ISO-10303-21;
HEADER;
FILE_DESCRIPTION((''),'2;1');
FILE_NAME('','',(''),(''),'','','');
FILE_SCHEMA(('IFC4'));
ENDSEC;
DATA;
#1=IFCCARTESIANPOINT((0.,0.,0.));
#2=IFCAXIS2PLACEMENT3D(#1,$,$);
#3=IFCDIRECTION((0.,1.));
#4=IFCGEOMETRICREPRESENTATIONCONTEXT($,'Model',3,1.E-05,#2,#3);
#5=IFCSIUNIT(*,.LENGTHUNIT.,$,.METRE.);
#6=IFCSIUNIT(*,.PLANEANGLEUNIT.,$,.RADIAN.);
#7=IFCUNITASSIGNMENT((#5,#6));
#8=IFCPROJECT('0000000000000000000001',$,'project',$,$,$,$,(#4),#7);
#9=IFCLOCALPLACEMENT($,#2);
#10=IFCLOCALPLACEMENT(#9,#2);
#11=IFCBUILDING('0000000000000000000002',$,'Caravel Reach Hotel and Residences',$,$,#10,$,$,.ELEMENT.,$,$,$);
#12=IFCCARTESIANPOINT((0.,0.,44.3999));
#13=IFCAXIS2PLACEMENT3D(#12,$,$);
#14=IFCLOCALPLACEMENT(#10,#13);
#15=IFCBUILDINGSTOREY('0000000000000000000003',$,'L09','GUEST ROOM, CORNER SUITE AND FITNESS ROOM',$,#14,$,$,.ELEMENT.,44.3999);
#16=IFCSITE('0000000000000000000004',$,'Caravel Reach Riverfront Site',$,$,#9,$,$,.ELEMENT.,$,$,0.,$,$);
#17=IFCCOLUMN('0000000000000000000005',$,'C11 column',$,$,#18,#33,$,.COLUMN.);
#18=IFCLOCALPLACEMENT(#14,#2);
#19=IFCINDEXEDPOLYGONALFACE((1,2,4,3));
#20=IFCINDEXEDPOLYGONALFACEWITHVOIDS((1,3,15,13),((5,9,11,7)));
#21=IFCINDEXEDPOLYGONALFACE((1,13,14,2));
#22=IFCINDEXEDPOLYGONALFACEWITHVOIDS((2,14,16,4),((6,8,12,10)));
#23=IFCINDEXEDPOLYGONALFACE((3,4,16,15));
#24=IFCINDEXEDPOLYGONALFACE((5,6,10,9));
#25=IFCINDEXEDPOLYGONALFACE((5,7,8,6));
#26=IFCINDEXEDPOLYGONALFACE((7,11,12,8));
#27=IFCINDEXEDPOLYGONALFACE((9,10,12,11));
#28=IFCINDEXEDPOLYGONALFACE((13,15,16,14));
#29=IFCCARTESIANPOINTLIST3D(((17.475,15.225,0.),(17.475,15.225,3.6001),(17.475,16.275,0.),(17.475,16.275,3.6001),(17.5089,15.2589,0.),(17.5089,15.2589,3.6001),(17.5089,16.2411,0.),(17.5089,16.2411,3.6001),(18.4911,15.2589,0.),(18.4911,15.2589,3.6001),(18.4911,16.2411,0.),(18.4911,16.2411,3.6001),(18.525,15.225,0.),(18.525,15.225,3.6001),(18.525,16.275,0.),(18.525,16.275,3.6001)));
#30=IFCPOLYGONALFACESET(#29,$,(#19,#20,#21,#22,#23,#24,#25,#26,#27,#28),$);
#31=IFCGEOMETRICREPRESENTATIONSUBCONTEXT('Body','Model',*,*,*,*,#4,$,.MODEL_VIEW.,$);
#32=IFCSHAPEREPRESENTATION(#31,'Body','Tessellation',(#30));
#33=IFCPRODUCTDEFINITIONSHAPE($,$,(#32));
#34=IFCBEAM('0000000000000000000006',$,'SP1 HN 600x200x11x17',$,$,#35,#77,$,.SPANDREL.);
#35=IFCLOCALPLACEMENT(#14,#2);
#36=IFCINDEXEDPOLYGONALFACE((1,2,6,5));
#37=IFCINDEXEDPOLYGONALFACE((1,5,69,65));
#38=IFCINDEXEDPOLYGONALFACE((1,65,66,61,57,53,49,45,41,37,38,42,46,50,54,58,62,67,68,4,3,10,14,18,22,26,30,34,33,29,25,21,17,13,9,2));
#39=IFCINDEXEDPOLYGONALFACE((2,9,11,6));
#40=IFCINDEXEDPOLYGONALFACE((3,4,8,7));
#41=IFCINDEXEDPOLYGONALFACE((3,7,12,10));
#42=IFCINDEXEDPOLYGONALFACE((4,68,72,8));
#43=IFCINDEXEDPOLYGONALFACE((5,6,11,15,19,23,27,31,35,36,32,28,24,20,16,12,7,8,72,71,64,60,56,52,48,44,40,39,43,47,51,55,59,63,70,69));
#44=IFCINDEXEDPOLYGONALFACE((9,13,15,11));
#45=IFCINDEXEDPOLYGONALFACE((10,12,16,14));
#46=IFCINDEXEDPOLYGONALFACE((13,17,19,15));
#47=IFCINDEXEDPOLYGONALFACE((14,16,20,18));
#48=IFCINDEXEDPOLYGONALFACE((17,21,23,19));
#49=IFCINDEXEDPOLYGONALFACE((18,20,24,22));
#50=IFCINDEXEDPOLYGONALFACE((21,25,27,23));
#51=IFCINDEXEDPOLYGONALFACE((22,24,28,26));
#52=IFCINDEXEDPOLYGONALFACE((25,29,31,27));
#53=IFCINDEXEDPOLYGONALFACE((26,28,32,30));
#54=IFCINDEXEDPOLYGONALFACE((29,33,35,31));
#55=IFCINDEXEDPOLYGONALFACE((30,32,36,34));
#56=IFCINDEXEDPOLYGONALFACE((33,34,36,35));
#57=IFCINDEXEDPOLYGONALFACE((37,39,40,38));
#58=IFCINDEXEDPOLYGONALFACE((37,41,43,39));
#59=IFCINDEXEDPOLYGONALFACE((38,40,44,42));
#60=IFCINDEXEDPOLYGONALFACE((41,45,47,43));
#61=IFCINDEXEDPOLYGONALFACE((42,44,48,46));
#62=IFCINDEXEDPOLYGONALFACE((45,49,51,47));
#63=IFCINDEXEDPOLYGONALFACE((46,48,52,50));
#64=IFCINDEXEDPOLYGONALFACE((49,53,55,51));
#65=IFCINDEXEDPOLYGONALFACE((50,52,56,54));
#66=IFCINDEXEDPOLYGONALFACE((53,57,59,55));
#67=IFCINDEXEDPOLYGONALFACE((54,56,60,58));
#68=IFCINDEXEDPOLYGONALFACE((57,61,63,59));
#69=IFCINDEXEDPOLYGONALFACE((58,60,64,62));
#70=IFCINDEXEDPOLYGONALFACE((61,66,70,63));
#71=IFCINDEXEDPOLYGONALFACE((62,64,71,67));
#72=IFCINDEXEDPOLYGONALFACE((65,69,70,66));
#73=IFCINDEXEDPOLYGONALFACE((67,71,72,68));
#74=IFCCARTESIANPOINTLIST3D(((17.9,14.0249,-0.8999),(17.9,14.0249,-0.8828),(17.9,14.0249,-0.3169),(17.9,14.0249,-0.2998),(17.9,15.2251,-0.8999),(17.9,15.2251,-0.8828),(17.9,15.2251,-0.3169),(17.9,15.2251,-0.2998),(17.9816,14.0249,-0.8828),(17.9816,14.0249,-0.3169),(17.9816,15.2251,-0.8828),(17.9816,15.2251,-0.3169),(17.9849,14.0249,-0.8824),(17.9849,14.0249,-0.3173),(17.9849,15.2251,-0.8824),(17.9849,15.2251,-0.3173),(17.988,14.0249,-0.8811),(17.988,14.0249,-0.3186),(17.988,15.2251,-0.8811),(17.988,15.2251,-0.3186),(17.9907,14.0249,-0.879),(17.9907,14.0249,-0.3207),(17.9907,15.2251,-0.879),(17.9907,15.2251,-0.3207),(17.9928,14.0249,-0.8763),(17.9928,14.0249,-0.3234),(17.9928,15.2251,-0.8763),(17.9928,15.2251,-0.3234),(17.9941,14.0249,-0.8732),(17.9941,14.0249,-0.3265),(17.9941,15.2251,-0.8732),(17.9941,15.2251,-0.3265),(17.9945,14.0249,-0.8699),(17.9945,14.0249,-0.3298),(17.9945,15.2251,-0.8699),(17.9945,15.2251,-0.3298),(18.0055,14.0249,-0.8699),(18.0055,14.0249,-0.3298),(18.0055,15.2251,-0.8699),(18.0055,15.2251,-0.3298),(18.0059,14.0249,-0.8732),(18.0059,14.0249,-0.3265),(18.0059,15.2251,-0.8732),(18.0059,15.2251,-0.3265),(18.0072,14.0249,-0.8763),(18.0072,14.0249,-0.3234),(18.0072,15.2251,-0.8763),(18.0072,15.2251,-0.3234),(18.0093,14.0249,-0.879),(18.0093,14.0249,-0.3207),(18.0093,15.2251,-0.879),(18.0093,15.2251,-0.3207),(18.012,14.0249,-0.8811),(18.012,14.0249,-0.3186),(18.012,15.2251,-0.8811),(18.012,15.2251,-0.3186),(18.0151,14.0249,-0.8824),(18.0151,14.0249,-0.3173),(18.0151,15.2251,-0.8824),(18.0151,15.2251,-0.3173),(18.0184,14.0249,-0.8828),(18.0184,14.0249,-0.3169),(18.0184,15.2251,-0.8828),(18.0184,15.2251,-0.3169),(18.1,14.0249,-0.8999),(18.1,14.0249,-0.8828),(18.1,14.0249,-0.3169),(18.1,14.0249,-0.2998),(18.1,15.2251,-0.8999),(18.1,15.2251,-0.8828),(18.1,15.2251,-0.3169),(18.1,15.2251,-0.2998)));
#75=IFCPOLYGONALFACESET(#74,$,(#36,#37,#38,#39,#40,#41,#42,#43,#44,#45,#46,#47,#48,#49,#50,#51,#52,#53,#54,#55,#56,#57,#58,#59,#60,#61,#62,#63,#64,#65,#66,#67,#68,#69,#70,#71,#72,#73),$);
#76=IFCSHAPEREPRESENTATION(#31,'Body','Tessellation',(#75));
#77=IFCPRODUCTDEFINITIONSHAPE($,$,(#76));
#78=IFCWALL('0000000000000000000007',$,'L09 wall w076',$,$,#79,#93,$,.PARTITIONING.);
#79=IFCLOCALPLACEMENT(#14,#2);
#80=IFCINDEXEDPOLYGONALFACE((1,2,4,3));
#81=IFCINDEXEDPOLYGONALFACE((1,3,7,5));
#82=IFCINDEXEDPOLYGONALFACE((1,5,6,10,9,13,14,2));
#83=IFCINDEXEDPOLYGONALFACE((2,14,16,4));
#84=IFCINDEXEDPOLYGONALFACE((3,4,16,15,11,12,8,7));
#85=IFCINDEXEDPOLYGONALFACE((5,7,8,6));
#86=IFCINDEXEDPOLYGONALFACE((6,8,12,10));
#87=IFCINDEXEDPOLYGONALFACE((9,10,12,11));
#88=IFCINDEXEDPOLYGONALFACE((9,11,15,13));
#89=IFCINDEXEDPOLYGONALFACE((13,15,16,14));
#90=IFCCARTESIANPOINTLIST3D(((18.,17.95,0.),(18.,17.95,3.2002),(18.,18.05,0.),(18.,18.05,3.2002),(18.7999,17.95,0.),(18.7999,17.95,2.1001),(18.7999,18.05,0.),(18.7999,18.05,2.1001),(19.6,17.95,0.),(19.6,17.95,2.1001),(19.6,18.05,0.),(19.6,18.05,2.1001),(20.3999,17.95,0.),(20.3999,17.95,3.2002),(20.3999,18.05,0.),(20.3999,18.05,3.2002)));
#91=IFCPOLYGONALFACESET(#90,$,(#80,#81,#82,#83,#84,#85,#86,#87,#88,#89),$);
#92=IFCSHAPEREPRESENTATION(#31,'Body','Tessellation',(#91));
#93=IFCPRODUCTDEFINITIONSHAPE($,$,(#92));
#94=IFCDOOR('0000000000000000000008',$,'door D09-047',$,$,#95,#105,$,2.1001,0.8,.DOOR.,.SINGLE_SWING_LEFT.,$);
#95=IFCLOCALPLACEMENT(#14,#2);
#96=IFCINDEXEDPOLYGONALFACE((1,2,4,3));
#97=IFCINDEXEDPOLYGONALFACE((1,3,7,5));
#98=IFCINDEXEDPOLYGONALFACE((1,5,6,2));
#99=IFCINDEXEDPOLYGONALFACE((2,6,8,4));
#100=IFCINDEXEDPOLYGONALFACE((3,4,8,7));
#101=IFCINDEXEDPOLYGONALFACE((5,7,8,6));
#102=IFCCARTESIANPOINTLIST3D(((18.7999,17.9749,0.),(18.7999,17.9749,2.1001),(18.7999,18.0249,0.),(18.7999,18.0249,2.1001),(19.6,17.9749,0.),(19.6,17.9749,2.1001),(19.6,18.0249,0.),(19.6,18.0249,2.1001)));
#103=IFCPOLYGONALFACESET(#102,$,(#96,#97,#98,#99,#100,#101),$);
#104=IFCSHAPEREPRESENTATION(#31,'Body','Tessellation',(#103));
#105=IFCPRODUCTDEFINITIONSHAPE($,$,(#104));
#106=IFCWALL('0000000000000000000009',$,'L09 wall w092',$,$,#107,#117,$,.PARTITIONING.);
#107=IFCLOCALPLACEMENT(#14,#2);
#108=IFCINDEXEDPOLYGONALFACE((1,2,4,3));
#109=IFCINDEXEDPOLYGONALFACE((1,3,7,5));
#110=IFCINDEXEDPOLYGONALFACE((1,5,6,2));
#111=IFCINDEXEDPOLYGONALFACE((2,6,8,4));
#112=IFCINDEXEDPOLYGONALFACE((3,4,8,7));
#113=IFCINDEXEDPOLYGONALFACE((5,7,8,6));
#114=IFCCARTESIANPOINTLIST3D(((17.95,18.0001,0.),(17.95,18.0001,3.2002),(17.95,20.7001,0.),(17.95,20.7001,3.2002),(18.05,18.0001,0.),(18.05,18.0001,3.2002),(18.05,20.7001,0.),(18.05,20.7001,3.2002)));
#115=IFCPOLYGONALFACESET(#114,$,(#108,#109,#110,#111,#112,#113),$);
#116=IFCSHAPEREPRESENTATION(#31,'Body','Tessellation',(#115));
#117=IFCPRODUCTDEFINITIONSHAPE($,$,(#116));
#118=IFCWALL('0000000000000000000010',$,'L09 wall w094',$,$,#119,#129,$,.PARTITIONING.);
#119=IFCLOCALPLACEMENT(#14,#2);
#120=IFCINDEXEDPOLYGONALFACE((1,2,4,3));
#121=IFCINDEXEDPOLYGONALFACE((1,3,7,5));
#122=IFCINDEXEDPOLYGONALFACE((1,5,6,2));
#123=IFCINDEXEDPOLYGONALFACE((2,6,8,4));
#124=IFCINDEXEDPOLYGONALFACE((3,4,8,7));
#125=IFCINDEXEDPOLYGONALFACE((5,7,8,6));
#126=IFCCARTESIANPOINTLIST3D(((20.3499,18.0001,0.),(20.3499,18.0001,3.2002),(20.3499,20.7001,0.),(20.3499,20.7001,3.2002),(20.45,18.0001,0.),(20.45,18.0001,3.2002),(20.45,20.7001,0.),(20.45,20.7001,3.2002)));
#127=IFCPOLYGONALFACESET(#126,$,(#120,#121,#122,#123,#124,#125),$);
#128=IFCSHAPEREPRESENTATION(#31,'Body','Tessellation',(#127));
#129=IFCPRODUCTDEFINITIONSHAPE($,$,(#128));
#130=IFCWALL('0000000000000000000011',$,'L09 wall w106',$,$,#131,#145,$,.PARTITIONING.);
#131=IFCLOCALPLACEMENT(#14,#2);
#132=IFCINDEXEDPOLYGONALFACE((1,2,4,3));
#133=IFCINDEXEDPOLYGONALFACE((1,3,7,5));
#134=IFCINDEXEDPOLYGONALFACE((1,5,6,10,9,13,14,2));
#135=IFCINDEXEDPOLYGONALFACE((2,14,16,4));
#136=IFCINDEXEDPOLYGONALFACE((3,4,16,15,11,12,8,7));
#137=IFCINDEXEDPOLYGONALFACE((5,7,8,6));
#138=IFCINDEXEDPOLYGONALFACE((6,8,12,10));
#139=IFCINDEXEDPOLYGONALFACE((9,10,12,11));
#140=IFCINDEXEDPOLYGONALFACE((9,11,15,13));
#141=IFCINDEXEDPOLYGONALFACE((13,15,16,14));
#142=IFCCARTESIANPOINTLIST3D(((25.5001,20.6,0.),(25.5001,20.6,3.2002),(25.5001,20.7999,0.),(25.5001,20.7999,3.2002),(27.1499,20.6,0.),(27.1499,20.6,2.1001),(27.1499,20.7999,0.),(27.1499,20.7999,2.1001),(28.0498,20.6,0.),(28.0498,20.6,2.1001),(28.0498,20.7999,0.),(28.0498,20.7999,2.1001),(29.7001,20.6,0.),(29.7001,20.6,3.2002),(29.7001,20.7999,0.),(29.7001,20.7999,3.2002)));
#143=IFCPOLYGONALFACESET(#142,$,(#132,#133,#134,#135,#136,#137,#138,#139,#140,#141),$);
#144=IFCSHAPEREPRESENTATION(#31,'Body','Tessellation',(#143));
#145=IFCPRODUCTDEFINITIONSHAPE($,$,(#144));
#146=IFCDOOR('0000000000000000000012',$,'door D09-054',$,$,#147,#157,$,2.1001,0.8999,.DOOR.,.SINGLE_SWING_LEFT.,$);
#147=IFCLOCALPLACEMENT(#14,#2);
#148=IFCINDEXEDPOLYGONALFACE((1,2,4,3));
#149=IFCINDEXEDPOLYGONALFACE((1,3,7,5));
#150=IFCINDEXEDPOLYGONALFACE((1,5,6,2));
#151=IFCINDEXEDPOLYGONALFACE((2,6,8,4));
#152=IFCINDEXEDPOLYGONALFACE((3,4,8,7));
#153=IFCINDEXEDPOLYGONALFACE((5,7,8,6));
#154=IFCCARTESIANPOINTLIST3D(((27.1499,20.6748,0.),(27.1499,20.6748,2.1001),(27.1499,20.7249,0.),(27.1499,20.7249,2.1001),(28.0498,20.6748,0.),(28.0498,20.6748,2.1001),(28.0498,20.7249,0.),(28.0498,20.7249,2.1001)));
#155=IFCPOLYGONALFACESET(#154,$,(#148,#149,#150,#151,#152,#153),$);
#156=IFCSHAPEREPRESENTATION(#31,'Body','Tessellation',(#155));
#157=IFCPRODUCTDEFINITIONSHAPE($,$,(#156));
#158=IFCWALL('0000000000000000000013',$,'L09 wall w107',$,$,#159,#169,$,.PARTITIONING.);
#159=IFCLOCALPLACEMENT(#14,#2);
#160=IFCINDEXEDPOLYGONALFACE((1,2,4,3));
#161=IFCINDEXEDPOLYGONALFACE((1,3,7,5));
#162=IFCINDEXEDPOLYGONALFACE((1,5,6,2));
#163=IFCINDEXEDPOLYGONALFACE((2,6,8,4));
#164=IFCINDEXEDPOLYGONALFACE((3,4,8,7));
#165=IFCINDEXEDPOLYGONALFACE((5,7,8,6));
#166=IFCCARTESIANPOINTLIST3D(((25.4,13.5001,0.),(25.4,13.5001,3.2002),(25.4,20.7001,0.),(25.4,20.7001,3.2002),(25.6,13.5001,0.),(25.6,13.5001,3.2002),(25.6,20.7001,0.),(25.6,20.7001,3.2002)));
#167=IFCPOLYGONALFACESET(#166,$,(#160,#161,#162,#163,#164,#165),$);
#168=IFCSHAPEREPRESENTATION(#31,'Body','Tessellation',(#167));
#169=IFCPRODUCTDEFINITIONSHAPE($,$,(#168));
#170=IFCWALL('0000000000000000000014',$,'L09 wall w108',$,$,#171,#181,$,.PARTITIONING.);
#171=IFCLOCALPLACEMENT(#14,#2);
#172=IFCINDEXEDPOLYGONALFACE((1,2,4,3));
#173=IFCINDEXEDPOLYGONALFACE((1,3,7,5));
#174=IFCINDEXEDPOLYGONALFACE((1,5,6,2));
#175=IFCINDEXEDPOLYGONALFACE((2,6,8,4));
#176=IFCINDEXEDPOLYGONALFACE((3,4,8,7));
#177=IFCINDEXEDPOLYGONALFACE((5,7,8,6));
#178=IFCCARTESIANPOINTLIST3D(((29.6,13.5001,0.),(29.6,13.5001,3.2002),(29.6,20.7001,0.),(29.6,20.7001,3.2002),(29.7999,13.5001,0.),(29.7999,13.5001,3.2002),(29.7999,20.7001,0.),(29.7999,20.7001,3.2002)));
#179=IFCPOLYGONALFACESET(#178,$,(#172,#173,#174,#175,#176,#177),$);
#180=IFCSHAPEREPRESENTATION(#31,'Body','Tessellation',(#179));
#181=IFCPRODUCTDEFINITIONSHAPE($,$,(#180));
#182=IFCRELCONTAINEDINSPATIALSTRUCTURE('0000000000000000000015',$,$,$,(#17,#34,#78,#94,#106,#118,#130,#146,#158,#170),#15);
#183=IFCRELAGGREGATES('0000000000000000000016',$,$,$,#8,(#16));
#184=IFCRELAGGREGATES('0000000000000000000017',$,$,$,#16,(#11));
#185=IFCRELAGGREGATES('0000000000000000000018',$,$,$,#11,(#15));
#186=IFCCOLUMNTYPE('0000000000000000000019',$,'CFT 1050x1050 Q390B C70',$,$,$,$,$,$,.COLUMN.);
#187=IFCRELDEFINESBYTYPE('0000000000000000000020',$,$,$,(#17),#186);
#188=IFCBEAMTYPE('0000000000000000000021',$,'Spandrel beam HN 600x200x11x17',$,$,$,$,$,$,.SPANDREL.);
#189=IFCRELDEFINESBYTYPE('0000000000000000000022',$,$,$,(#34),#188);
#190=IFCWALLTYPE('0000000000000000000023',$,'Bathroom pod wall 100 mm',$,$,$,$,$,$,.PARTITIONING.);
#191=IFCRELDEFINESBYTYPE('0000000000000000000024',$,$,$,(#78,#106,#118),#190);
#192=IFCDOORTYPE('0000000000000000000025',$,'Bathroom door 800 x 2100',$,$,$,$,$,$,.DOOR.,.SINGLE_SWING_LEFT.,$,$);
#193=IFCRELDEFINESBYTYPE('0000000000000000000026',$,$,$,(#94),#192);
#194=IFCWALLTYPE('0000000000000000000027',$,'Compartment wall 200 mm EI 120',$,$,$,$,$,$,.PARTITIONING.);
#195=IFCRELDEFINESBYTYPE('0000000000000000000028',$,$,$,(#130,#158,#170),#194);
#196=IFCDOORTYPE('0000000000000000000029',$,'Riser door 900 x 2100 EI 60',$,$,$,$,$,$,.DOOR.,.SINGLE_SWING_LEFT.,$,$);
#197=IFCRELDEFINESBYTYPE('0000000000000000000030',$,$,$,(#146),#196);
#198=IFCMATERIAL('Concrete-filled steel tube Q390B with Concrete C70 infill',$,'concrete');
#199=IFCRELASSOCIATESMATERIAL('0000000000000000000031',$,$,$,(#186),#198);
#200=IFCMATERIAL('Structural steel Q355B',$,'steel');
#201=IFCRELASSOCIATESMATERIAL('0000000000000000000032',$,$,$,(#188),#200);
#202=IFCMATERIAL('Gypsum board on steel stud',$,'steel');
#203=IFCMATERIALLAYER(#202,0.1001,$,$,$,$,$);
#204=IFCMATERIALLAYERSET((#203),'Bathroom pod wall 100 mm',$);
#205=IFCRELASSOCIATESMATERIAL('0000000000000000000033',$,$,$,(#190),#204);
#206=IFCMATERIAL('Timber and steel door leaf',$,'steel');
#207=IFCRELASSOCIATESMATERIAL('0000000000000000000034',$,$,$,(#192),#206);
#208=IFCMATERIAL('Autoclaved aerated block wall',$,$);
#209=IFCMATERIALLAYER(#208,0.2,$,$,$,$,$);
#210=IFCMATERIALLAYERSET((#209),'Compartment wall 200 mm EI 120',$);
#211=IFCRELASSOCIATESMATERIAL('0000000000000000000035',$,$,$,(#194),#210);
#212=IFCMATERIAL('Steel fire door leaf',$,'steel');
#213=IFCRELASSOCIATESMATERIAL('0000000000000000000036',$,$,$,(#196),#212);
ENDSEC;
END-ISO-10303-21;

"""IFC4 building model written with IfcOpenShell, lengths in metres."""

from ifc_helpers import new_model, si_unit, direction, frame, frame_2d, origin, origin_2d, place, context, subcontext, project, spatial, rectangle, hollow_rectangle, i_section, extrude, material, layer, layer_set, material_profile, profile_set, type_object, element, fill, save


model = new_model("IFC4")

# Units and contexts
model_context = context("Model", 3, precision=1e-05, world=origin(), true_north=direction((0.0, 1.0)))
body_context = subcontext(model_context, "Body", "Model", "MODEL_VIEW")
ifc_project = project(units=[si_unit("LENGTHUNIT", "METRE"), si_unit("PLANEANGLEUNIT", "RADIAN")], contexts=[model_context])

# Site, building, storey
site_placement = place(None, origin())
site = spatial("IfcSite", under=ifc_project, at=site_placement, Name="Caravel Reach Riverfront Site", CompositionType="ELEMENT", RefElevation=0.0)
building_placement = place(site_placement, origin())
building = spatial("IfcBuilding", under=site, at=building_placement, Name="Caravel Reach Hotel and Residences", CompositionType="ELEMENT")
storey_placement = place(building_placement, frame((0.0, 0.0, 44.3999)))
storey = spatial("IfcBuildingStorey", under=building, at=storey_placement, Name="L09", Description="GUEST ROOM, CORNER SUITE AND FITNESS ROOM", CompositionType="ELEMENT", Elevation=44.3999)

# Column
ifc_material_1 = material(Name="Concrete-filled steel tube Q390B with Concrete C70 infill", Category="concrete")
ifc_material_profile_1 = material_profile(ifc_material_1, hollow_rectangle(XDim=1.05, YDim=1.05, WallThickness=0.0339, at=origin_2d()), Name="RHS 1050x1050x34")
ifc_profile_set_1 = profile_set([ifc_material_profile_1], Name="Concrete-filled steel tube Q390B with Concrete C70 infill")
column_type = type_object("IfcColumnType", Name="CFT 1050x1050 Q390B C70", PredefinedType="COLUMN", material=ifc_profile_set_1)
column_placement = place(storey_placement, frame((18.0, 15.75, 0.0), z_axis=(0.0, 0.0, 1.0), x_axis=(1.0, 0.0, 0.0)))
element("IfcColumn", 1, at=column_placement, inside=storey, type_object=column_type, Name="C11 column", PredefinedType="COLUMN", context=body_context, shape_type="SweptSolid", body=[
    extrude(hollow_rectangle(XDim=1.05, YDim=1.05, WallThickness=0.0339, at=origin_2d()), origin(), (0.0, 0.0, 1.0), 3.6001),
])

# Beam
ifc_material_2 = material(Name="Structural steel Q355B", Category="steel")
ifc_material_profile_2 = material_profile(ifc_material_2, i_section(OverallWidth=0.2, OverallDepth=0.6001, WebThickness=0.011, FlangeThickness=0.0171, FilletRadius=0.0129, at=origin_2d()), Name="HN 600x200x11x17")
ifc_profile_set_2 = profile_set([ifc_material_profile_2], Name="Structural steel Q355B")
beam_type = type_object("IfcBeamType", Name="Spandrel beam HN 600x200x11x17", PredefinedType="SPANDREL", material=ifc_profile_set_2)
beam_placement = place(storey_placement, frame((18.0, 15.2251, -0.5999), z_axis=(0.0, -1.0, 0.0), x_axis=(1.0, 0.0, 0.0)))
element("IfcBeam", 2, at=beam_placement, inside=storey, type_object=beam_type, Name="SP1 HN 600x200x11x17", PredefinedType="SPANDREL", context=body_context, shape_type="SweptSolid", body=[
    extrude(i_section(OverallWidth=0.2, OverallDepth=0.6001, WebThickness=0.011, FlangeThickness=0.0171, FilletRadius=0.0129, at=origin_2d()), origin(), (0.0, 0.0, 1.0), 1.2002),
])

# Wall, opening, door
ifc_material_3 = material(Name="Gypsum board on steel stud", Category="steel")
ifc_layer_1 = layer(ifc_material_3, 0.1001)
ifc_layer_set_1 = layer_set([ifc_layer_1], Name="Bathroom pod wall 100 mm")
wall_type_1 = type_object("IfcWallType", Name="Bathroom pod wall 100 mm", PredefinedType="PARTITIONING", material=ifc_layer_set_1)
wall_1_placement = place(storey_placement, frame((18.0, 18.0, 0.0), z_axis=(0.0, 0.0, 1.0), x_axis=(1.0, 0.0, 0.0)))
wall_1 = element("IfcWall", 3, at=wall_1_placement, inside=storey, type_object=wall_type_1, Name="L09 wall w076", PredefinedType="PARTITIONING", context=body_context, shape_type="SweptSolid", body=[
    extrude(rectangle(XDim=2.3999, YDim=0.1001, at=frame_2d((1.2, 0.0))), origin(), (0.0, 0.0, 1.0), 3.2002),
])
opening_1_placement = place(wall_1_placement, frame((0.8, 0.0, 0.0)))
opening_1 = element("IfcOpeningElement", 4, at=opening_1_placement, cuts=wall_1, PredefinedType="OPENING", context=body_context, shape_type="SweptSolid", body=[
    extrude(rectangle(XDim=0.8, YDim=2.1001, at=frame_2d((0.3999, 1.05))), frame((0.0, 0.0601, 0.0), z_axis=(0.0, -1.0, 0.0), x_axis=(1.0, 0.0, 0.0)), (0.0, 0.0, 1.0), 0.1201),
])
ifc_material_4 = material(Name="Timber and steel door leaf", Category="steel")
door_type_1 = type_object("IfcDoorType", Name="Bathroom door 800 x 2100", OperationType="SINGLE_SWING_LEFT", PredefinedType="DOOR", material=ifc_material_4)
door_1_placement = place(opening_1_placement, origin())
door_1 = element("IfcDoor", 5, at=door_1_placement, inside=storey, type_object=door_type_1, Name="door D09-047", OperationType="SINGLE_SWING_LEFT", OverallHeight=2.1001, OverallWidth=0.8, PredefinedType="DOOR", context=body_context, shape_type="SweptSolid", body=[
    extrude(rectangle(XDim=0.8, YDim=2.1001, at=frame_2d((0.3999, 1.05))), frame((0.0, 0.0249, 0.0), z_axis=(0.0, -1.0, 0.0), x_axis=(1.0, 0.0, 0.0)), (0.0, 0.0, 1.0), 0.05),
])
fill(opening_1, door_1)

# Walls
for number, where, z_axis, x_axis, name in (
    (6, (18.0, 18.0, 0.0), (0.0, 0.0, 1.0), (0.0, 1.0, 0.0), "L09 wall w092"),
    (7, (20.3999, 18.0, 0.0), (0.0, 0.0, 1.0), (0.0, 1.0, 0.0), "L09 wall w094"),
):
    element("IfcWall", number, at=place(storey_placement, frame(where, z_axis=z_axis, x_axis=x_axis)), inside=storey, type_object=wall_type_1, Name=name, PredefinedType="PARTITIONING", context=body_context, shape_type="SweptSolid", body=[
        extrude(rectangle(XDim=2.7, YDim=0.1001, at=frame_2d((1.3501, 0.0))), origin(), (0.0, 0.0, 1.0), 3.2002),
    ])

# Wall, opening, door
ifc_material_5 = material(Name="Autoclaved aerated block wall")
ifc_layer_2 = layer(ifc_material_5, 0.2)
ifc_layer_set_2 = layer_set([ifc_layer_2], Name="Compartment wall 200 mm EI 120")
wall_type_2 = type_object("IfcWallType", Name="Compartment wall 200 mm EI 120", PredefinedType="PARTITIONING", material=ifc_layer_set_2)
wall_2_placement = place(storey_placement, frame((25.5, 20.7, 0.0), z_axis=(0.0, 0.0, 1.0), x_axis=(1.0, 0.0, 0.0)))
wall_2 = element("IfcWall", 8, at=wall_2_placement, inside=storey, type_object=wall_type_2, Name="L09 wall w106", PredefinedType="PARTITIONING", context=body_context, shape_type="SweptSolid", body=[
    extrude(rectangle(XDim=4.2, YDim=0.2, at=frame_2d((2.1001, 0.0))), origin(), (0.0, 0.0, 1.0), 3.2002),
])
opening_2_placement = place(wall_2_placement, frame((1.6499, 0.0, 0.0)))
opening_2 = element("IfcOpeningElement", 9, at=opening_2_placement, cuts=wall_2, PredefinedType="OPENING", context=body_context, shape_type="SweptSolid", body=[
    extrude(rectangle(XDim=0.8999, YDim=2.1001, at=frame_2d((0.45, 1.05))), frame((0.0, 0.1099, 0.0), z_axis=(0.0, -1.0, 0.0), x_axis=(1.0, 0.0, 0.0)), (0.0, 0.0, 1.0), 0.22),
])
ifc_material_6 = material(Name="Steel fire door leaf", Category="steel")
door_type_2 = type_object("IfcDoorType", Name="Riser door 900 x 2100 EI 60", OperationType="SINGLE_SWING_LEFT", PredefinedType="DOOR", material=ifc_material_6)
door_2_placement = place(opening_2_placement, origin())
door_2 = element("IfcDoor", 10, at=door_2_placement, inside=storey, type_object=door_type_2, Name="door D09-054", OperationType="SINGLE_SWING_LEFT", OverallHeight=2.1001, OverallWidth=0.8999, PredefinedType="DOOR", context=body_context, shape_type="SweptSolid", body=[
    extrude(rectangle(XDim=0.8999, YDim=2.1001, at=frame_2d((0.45, 1.05))), frame((0.0, 0.0249, 0.0), z_axis=(0.0, -1.0, 0.0), x_axis=(1.0, 0.0, 0.0)), (0.0, 0.0, 1.0), 0.05),
])
fill(opening_2, door_2)

# Walls
for number, where, z_axis, x_axis, name in (
    (11, (25.5, 13.5, 0.0), (0.0, 0.0, 1.0), (0.0, 1.0, 0.0), "L09 wall w107"),
    (12, (29.7, 13.5, 0.0), (0.0, 0.0, 1.0), (0.0, 1.0, 0.0), "L09 wall w108"),
):
    element("IfcWall", number, at=place(storey_placement, frame(where, z_axis=z_axis, x_axis=x_axis)), inside=storey, type_object=wall_type_2, Name=name, PredefinedType="PARTITIONING", context=body_context, shape_type="SweptSolid", body=[
        extrude(rectangle(XDim=7.2, YDim=0.2, at=frame_2d((3.6001, 0.0))), origin(), (0.0, 0.0, 1.0), 3.2002),
    ])

save(model, "model.ifc")
